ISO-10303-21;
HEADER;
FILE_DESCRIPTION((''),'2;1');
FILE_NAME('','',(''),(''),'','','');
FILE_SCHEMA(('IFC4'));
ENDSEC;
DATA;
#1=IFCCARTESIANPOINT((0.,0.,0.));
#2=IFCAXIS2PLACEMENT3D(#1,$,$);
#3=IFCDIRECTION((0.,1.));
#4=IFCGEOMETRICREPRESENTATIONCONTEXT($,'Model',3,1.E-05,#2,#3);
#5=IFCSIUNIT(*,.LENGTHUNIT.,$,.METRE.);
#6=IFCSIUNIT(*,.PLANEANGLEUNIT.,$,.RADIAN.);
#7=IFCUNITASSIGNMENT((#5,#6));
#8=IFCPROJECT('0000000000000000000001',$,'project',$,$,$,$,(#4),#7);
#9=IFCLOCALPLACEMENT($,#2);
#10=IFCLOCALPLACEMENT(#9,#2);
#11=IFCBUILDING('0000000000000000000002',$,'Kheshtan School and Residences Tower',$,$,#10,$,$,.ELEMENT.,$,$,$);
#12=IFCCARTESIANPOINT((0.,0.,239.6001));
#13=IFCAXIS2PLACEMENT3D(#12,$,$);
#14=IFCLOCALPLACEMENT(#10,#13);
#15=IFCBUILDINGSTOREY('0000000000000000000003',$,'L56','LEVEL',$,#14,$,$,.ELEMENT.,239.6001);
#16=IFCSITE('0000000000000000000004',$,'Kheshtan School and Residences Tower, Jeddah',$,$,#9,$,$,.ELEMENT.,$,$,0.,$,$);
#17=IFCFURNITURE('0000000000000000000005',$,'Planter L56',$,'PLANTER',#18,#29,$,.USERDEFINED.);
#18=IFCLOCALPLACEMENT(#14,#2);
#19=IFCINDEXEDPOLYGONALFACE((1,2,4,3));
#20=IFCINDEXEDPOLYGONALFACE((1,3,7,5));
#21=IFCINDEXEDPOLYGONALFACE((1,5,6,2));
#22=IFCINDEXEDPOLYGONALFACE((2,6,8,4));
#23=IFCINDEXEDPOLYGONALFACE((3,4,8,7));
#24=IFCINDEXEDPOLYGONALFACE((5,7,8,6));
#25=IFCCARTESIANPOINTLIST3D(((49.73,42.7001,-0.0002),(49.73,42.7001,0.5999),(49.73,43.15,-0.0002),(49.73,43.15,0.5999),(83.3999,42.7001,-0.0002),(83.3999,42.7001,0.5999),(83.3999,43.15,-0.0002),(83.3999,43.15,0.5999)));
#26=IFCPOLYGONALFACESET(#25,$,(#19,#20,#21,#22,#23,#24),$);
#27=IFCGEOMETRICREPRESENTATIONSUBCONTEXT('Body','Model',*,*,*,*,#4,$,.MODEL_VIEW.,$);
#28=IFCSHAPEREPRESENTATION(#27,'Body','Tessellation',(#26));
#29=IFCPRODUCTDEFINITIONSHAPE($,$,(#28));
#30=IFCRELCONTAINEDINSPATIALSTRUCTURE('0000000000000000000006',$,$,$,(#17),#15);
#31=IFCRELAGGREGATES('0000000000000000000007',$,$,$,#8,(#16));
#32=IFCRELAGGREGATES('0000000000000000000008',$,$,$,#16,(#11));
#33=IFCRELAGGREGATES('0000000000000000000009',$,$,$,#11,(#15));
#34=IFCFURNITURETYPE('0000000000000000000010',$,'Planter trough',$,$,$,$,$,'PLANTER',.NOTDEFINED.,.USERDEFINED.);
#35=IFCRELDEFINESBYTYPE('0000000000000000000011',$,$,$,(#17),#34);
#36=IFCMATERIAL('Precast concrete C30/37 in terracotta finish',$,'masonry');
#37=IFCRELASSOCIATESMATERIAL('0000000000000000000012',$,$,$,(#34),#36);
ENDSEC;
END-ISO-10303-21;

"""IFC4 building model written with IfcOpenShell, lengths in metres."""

from ifc_helpers import new_model, si_unit, direction, frame, origin, origin_2d, place, context, subcontext, project, spatial, rectangle, extrude, material, type_object, element, save


model = new_model("IFC4")

# Units and contexts
model_context = context("Model", 3, precision=1e-05, world=origin(), true_north=direction((0.0, 1.0)))
body_context = subcontext(model_context, "Body", "Model", "MODEL_VIEW")
ifc_project = project(units=[si_unit("LENGTHUNIT", "METRE"), si_unit("PLANEANGLEUNIT", "RADIAN")], contexts=[model_context])

# Site, building, storey
site_placement = place(None, origin())
site = spatial("IfcSite", under=ifc_project, at=site_placement, Name="Kheshtan School and Residences Tower, Jeddah", CompositionType="ELEMENT", RefElevation=0.0)
building_placement = place(site_placement, origin())
building = spatial("IfcBuilding", under=site, at=building_placement, Name="Kheshtan School and Residences Tower", CompositionType="ELEMENT")
storey_placement = place(building_placement, frame((0.0, 0.0, 239.6001)))
storey = spatial("IfcBuildingStorey", under=building, at=storey_placement, Name="L56", Description="LEVEL", CompositionType="ELEMENT", Elevation=239.6001)

# Furniture
ifc_material_1 = material(Name="Precast concrete C30/37 in terracotta finish", Category="masonry")
furniture_type = type_object("IfcFurnitureType", Name="Planter trough", ElementType="PLANTER", AssemblyPlace="NOTDEFINED", PredefinedType="USERDEFINED", material=ifc_material_1)
furniture_placement = place(storey_placement, frame((66.5649, 42.925, -0.0002), z_axis=(0.0, 0.0, 1.0), x_axis=(1.0, 0.0, 0.0)))
element("IfcFurniture", 1, at=furniture_placement, inside=storey, type_object=furniture_type, Name="Planter L56", ObjectType="PLANTER", PredefinedType="USERDEFINED", context=body_context, shape_type="SweptSolid", body=[
    extrude(rectangle(XDim=33.6699, YDim=0.45, at=origin_2d()), origin(), (0.0, 0.0, 1.0), 0.6001),
])

save(model, "model.ifc")
